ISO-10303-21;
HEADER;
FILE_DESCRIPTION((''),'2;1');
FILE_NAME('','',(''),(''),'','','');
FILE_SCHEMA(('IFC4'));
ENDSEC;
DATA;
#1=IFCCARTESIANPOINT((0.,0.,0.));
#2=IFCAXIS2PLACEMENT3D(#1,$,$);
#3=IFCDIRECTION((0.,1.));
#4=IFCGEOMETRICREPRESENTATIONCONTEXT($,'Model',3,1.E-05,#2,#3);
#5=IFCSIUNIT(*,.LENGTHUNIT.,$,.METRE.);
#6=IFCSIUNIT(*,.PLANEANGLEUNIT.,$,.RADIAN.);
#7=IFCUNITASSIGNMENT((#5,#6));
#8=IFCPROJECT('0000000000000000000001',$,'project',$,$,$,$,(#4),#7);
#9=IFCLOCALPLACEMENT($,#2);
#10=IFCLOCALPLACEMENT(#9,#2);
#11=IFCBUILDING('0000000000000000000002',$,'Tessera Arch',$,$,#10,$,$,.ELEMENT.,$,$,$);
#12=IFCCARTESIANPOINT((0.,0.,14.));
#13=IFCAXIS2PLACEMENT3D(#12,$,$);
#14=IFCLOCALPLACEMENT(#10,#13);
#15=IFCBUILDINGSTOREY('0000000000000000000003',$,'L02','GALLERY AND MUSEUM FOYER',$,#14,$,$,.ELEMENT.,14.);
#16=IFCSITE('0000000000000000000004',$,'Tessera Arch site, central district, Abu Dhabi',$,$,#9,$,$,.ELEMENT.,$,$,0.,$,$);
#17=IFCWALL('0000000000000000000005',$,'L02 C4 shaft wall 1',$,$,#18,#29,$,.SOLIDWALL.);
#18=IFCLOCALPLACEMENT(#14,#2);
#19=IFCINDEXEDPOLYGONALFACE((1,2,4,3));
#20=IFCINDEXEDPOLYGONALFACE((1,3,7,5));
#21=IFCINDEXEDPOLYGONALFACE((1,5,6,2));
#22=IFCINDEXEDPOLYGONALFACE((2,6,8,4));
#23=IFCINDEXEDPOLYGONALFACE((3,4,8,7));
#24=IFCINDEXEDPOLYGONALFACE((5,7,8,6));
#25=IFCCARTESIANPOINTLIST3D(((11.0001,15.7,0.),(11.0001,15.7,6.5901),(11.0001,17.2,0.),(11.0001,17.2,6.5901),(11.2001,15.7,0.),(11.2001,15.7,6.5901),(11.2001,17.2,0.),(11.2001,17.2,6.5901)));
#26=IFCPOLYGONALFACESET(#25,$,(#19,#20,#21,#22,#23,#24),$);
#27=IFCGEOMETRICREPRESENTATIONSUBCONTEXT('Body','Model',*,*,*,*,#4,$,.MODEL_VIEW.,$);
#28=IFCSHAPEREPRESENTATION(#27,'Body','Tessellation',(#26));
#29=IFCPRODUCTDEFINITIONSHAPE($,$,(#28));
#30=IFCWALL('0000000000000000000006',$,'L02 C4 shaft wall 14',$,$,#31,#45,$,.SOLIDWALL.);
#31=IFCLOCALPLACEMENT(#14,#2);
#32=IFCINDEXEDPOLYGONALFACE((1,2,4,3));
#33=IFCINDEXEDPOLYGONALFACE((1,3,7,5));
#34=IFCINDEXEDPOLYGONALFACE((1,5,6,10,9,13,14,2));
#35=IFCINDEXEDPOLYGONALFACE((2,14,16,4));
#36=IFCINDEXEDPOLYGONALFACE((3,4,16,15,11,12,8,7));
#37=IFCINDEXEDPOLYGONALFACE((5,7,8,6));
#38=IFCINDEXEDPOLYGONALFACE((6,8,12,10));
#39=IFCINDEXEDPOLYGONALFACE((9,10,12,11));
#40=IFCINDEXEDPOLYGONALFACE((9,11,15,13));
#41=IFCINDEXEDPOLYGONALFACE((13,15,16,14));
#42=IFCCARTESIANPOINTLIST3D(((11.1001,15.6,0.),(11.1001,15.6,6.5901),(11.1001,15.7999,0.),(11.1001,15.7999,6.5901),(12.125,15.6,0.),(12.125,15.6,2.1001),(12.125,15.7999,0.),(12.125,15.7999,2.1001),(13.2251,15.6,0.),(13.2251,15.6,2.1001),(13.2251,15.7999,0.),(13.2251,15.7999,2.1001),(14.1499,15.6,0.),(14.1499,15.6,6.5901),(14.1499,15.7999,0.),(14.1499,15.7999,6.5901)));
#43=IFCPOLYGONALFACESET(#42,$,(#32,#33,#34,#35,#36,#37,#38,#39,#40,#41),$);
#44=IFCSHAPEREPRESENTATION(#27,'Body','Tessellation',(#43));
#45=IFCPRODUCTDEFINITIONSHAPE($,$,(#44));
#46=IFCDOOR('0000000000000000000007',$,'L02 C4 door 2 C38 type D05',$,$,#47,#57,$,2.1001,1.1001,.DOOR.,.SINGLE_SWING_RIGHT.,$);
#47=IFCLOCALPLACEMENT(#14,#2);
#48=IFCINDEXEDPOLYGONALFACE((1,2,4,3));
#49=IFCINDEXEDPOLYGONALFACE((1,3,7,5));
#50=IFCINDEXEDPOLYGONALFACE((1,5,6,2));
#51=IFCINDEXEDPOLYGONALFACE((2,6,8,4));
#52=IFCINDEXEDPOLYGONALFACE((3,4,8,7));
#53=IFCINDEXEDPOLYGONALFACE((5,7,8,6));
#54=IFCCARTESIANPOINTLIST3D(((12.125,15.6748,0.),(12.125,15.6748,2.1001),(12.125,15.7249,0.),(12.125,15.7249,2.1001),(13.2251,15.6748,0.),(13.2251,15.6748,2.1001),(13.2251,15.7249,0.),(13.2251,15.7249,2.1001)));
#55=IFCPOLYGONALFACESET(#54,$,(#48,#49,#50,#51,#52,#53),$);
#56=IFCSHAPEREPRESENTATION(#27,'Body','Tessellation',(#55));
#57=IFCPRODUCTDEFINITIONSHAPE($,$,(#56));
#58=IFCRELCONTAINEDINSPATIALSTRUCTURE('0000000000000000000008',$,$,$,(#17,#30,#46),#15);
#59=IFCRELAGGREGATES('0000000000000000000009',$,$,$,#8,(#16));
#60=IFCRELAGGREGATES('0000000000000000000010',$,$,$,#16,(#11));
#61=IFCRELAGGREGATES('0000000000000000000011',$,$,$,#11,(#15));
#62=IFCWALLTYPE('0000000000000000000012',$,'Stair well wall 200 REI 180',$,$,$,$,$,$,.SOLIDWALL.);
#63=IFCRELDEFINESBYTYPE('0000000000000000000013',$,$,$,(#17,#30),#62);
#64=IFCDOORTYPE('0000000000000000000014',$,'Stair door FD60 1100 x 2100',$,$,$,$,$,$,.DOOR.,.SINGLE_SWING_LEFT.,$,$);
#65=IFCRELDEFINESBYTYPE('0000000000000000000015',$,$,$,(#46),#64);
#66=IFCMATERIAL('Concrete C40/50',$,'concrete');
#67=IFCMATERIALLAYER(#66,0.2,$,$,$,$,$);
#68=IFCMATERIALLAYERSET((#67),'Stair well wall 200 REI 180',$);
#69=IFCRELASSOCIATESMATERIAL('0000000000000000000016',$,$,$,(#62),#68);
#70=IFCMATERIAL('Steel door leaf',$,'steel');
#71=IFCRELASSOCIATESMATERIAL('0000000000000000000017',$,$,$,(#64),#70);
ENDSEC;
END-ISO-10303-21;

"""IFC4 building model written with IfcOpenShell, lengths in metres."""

from ifc_helpers import new_model, si_unit, direction, frame, frame_2d, origin, place, context, subcontext, project, spatial, rectangle, extrude, material, layer, layer_set, type_object, element, fill, save


model = new_model("IFC4")

# Units and contexts
model_context = context("Model", 3, precision=1e-05, world=origin(), true_north=direction((0.0, 1.0)))
body_context = subcontext(model_context, "Body", "Model", "MODEL_VIEW")
ifc_project = project(units=[si_unit("LENGTHUNIT", "METRE"), si_unit("PLANEANGLEUNIT", "RADIAN")], contexts=[model_context])

# Site, building, storey
site_placement = place(None, origin())
site = spatial("IfcSite", under=ifc_project, at=site_placement, Name="Tessera Arch site, central district, Abu Dhabi", CompositionType="ELEMENT", RefElevation=0.0)
building_placement = place(site_placement, origin())
building = spatial("IfcBuilding", under=site, at=building_placement, Name="Tessera Arch", CompositionType="ELEMENT")
storey_placement = place(building_placement, frame((0.0, 0.0, 14.0)))
storey = spatial("IfcBuildingStorey", under=building, at=storey_placement, Name="L02", Description="GALLERY AND MUSEUM FOYER", CompositionType="ELEMENT", Elevation=14.0)

# Wall
ifc_material_1 = material(Name="Concrete C40/50", Category="concrete")
ifc_layer_1 = layer(ifc_material_1, 0.2)
ifc_layer_set_1 = layer_set([ifc_layer_1], Name="Stair well wall 200 REI 180")
wall_type_1 = type_object("IfcWallType", Name="Stair well wall 200 REI 180", PredefinedType="SOLIDWALL", material=ifc_layer_set_1)
wall_1_placement = place(storey_placement, frame((11.1001, 15.7, 0.0), z_axis=(0.0, 0.0, 1.0), x_axis=(0.0, 1.0, 0.0)))
element("IfcWall", 1, at=wall_1_placement, inside=storey, type_object=wall_type_1, Name="L02 C4 shaft wall 1", PredefinedType="SOLIDWALL", context=body_context, shape_type="SweptSolid", body=[
    extrude(rectangle(XDim=1.5, YDim=0.2, at=frame_2d((0.75, 0.0))), origin(), (0.0, 0.0, 1.0), 6.5901),
])

# Wall, opening, door
wall_2_placement = place(storey_placement, frame((11.1001, 15.7, 0.0), z_axis=(0.0, 0.0, 1.0), x_axis=(1.0, 0.0, 0.0)))
wall_2 = element("IfcWall", 2, at=wall_2_placement, inside=storey, type_object=wall_type_1, Name="L02 C4 shaft wall 14", PredefinedType="SOLIDWALL", context=body_context, shape_type="SweptSolid", body=[
    extrude(rectangle(XDim=3.0498, YDim=0.2, at=frame_2d((1.5249, 0.0))), origin(), (0.0, 0.0, 1.0), 6.5901),
])
opening_1_placement = place(wall_2_placement, frame((1.0249, 0.0, 0.0)))
opening_1 = element("IfcOpeningElement", 3, at=opening_1_placement, cuts=wall_2, PredefinedType="OPENING", context=body_context, shape_type="SweptSolid", body=[
    extrude(rectangle(XDim=1.1001, YDim=2.1001, at=frame_2d((0.55, 1.05))), frame((0.0, 0.1099, 0.0), z_axis=(0.0, -1.0, 0.0), x_axis=(1.0, 0.0, 0.0)), (0.0, 0.0, 1.0), 0.22),
])
ifc_material_2 = material(Name="Steel door leaf", Category="steel")
door_type_1 = type_object("IfcDoorType", Name="Stair door FD60 1100 x 2100", OperationType="SINGLE_SWING_LEFT", PredefinedType="DOOR", material=ifc_material_2)
door_1_placement = place(opening_1_placement, origin())
door_1 = element("IfcDoor", 4, at=door_1_placement, inside=storey, type_object=door_type_1, Name="L02 C4 door 2 C38 type D05", OperationType="SINGLE_SWING_RIGHT", OverallHeight=2.1001, OverallWidth=1.1001, PredefinedType="DOOR", context=body_context, shape_type="SweptSolid", body=[
    extrude(rectangle(XDim=1.1001, YDim=2.1001, at=frame_2d((0.55, 1.05))), frame((0.0, 0.0249, 0.0), z_axis=(0.0, -1.0, 0.0), x_axis=(1.0, 0.0, 0.0)), (0.0, 0.0, 1.0), 0.05),
])
fill(opening_1, door_1)

save(model, "model.ifc")
